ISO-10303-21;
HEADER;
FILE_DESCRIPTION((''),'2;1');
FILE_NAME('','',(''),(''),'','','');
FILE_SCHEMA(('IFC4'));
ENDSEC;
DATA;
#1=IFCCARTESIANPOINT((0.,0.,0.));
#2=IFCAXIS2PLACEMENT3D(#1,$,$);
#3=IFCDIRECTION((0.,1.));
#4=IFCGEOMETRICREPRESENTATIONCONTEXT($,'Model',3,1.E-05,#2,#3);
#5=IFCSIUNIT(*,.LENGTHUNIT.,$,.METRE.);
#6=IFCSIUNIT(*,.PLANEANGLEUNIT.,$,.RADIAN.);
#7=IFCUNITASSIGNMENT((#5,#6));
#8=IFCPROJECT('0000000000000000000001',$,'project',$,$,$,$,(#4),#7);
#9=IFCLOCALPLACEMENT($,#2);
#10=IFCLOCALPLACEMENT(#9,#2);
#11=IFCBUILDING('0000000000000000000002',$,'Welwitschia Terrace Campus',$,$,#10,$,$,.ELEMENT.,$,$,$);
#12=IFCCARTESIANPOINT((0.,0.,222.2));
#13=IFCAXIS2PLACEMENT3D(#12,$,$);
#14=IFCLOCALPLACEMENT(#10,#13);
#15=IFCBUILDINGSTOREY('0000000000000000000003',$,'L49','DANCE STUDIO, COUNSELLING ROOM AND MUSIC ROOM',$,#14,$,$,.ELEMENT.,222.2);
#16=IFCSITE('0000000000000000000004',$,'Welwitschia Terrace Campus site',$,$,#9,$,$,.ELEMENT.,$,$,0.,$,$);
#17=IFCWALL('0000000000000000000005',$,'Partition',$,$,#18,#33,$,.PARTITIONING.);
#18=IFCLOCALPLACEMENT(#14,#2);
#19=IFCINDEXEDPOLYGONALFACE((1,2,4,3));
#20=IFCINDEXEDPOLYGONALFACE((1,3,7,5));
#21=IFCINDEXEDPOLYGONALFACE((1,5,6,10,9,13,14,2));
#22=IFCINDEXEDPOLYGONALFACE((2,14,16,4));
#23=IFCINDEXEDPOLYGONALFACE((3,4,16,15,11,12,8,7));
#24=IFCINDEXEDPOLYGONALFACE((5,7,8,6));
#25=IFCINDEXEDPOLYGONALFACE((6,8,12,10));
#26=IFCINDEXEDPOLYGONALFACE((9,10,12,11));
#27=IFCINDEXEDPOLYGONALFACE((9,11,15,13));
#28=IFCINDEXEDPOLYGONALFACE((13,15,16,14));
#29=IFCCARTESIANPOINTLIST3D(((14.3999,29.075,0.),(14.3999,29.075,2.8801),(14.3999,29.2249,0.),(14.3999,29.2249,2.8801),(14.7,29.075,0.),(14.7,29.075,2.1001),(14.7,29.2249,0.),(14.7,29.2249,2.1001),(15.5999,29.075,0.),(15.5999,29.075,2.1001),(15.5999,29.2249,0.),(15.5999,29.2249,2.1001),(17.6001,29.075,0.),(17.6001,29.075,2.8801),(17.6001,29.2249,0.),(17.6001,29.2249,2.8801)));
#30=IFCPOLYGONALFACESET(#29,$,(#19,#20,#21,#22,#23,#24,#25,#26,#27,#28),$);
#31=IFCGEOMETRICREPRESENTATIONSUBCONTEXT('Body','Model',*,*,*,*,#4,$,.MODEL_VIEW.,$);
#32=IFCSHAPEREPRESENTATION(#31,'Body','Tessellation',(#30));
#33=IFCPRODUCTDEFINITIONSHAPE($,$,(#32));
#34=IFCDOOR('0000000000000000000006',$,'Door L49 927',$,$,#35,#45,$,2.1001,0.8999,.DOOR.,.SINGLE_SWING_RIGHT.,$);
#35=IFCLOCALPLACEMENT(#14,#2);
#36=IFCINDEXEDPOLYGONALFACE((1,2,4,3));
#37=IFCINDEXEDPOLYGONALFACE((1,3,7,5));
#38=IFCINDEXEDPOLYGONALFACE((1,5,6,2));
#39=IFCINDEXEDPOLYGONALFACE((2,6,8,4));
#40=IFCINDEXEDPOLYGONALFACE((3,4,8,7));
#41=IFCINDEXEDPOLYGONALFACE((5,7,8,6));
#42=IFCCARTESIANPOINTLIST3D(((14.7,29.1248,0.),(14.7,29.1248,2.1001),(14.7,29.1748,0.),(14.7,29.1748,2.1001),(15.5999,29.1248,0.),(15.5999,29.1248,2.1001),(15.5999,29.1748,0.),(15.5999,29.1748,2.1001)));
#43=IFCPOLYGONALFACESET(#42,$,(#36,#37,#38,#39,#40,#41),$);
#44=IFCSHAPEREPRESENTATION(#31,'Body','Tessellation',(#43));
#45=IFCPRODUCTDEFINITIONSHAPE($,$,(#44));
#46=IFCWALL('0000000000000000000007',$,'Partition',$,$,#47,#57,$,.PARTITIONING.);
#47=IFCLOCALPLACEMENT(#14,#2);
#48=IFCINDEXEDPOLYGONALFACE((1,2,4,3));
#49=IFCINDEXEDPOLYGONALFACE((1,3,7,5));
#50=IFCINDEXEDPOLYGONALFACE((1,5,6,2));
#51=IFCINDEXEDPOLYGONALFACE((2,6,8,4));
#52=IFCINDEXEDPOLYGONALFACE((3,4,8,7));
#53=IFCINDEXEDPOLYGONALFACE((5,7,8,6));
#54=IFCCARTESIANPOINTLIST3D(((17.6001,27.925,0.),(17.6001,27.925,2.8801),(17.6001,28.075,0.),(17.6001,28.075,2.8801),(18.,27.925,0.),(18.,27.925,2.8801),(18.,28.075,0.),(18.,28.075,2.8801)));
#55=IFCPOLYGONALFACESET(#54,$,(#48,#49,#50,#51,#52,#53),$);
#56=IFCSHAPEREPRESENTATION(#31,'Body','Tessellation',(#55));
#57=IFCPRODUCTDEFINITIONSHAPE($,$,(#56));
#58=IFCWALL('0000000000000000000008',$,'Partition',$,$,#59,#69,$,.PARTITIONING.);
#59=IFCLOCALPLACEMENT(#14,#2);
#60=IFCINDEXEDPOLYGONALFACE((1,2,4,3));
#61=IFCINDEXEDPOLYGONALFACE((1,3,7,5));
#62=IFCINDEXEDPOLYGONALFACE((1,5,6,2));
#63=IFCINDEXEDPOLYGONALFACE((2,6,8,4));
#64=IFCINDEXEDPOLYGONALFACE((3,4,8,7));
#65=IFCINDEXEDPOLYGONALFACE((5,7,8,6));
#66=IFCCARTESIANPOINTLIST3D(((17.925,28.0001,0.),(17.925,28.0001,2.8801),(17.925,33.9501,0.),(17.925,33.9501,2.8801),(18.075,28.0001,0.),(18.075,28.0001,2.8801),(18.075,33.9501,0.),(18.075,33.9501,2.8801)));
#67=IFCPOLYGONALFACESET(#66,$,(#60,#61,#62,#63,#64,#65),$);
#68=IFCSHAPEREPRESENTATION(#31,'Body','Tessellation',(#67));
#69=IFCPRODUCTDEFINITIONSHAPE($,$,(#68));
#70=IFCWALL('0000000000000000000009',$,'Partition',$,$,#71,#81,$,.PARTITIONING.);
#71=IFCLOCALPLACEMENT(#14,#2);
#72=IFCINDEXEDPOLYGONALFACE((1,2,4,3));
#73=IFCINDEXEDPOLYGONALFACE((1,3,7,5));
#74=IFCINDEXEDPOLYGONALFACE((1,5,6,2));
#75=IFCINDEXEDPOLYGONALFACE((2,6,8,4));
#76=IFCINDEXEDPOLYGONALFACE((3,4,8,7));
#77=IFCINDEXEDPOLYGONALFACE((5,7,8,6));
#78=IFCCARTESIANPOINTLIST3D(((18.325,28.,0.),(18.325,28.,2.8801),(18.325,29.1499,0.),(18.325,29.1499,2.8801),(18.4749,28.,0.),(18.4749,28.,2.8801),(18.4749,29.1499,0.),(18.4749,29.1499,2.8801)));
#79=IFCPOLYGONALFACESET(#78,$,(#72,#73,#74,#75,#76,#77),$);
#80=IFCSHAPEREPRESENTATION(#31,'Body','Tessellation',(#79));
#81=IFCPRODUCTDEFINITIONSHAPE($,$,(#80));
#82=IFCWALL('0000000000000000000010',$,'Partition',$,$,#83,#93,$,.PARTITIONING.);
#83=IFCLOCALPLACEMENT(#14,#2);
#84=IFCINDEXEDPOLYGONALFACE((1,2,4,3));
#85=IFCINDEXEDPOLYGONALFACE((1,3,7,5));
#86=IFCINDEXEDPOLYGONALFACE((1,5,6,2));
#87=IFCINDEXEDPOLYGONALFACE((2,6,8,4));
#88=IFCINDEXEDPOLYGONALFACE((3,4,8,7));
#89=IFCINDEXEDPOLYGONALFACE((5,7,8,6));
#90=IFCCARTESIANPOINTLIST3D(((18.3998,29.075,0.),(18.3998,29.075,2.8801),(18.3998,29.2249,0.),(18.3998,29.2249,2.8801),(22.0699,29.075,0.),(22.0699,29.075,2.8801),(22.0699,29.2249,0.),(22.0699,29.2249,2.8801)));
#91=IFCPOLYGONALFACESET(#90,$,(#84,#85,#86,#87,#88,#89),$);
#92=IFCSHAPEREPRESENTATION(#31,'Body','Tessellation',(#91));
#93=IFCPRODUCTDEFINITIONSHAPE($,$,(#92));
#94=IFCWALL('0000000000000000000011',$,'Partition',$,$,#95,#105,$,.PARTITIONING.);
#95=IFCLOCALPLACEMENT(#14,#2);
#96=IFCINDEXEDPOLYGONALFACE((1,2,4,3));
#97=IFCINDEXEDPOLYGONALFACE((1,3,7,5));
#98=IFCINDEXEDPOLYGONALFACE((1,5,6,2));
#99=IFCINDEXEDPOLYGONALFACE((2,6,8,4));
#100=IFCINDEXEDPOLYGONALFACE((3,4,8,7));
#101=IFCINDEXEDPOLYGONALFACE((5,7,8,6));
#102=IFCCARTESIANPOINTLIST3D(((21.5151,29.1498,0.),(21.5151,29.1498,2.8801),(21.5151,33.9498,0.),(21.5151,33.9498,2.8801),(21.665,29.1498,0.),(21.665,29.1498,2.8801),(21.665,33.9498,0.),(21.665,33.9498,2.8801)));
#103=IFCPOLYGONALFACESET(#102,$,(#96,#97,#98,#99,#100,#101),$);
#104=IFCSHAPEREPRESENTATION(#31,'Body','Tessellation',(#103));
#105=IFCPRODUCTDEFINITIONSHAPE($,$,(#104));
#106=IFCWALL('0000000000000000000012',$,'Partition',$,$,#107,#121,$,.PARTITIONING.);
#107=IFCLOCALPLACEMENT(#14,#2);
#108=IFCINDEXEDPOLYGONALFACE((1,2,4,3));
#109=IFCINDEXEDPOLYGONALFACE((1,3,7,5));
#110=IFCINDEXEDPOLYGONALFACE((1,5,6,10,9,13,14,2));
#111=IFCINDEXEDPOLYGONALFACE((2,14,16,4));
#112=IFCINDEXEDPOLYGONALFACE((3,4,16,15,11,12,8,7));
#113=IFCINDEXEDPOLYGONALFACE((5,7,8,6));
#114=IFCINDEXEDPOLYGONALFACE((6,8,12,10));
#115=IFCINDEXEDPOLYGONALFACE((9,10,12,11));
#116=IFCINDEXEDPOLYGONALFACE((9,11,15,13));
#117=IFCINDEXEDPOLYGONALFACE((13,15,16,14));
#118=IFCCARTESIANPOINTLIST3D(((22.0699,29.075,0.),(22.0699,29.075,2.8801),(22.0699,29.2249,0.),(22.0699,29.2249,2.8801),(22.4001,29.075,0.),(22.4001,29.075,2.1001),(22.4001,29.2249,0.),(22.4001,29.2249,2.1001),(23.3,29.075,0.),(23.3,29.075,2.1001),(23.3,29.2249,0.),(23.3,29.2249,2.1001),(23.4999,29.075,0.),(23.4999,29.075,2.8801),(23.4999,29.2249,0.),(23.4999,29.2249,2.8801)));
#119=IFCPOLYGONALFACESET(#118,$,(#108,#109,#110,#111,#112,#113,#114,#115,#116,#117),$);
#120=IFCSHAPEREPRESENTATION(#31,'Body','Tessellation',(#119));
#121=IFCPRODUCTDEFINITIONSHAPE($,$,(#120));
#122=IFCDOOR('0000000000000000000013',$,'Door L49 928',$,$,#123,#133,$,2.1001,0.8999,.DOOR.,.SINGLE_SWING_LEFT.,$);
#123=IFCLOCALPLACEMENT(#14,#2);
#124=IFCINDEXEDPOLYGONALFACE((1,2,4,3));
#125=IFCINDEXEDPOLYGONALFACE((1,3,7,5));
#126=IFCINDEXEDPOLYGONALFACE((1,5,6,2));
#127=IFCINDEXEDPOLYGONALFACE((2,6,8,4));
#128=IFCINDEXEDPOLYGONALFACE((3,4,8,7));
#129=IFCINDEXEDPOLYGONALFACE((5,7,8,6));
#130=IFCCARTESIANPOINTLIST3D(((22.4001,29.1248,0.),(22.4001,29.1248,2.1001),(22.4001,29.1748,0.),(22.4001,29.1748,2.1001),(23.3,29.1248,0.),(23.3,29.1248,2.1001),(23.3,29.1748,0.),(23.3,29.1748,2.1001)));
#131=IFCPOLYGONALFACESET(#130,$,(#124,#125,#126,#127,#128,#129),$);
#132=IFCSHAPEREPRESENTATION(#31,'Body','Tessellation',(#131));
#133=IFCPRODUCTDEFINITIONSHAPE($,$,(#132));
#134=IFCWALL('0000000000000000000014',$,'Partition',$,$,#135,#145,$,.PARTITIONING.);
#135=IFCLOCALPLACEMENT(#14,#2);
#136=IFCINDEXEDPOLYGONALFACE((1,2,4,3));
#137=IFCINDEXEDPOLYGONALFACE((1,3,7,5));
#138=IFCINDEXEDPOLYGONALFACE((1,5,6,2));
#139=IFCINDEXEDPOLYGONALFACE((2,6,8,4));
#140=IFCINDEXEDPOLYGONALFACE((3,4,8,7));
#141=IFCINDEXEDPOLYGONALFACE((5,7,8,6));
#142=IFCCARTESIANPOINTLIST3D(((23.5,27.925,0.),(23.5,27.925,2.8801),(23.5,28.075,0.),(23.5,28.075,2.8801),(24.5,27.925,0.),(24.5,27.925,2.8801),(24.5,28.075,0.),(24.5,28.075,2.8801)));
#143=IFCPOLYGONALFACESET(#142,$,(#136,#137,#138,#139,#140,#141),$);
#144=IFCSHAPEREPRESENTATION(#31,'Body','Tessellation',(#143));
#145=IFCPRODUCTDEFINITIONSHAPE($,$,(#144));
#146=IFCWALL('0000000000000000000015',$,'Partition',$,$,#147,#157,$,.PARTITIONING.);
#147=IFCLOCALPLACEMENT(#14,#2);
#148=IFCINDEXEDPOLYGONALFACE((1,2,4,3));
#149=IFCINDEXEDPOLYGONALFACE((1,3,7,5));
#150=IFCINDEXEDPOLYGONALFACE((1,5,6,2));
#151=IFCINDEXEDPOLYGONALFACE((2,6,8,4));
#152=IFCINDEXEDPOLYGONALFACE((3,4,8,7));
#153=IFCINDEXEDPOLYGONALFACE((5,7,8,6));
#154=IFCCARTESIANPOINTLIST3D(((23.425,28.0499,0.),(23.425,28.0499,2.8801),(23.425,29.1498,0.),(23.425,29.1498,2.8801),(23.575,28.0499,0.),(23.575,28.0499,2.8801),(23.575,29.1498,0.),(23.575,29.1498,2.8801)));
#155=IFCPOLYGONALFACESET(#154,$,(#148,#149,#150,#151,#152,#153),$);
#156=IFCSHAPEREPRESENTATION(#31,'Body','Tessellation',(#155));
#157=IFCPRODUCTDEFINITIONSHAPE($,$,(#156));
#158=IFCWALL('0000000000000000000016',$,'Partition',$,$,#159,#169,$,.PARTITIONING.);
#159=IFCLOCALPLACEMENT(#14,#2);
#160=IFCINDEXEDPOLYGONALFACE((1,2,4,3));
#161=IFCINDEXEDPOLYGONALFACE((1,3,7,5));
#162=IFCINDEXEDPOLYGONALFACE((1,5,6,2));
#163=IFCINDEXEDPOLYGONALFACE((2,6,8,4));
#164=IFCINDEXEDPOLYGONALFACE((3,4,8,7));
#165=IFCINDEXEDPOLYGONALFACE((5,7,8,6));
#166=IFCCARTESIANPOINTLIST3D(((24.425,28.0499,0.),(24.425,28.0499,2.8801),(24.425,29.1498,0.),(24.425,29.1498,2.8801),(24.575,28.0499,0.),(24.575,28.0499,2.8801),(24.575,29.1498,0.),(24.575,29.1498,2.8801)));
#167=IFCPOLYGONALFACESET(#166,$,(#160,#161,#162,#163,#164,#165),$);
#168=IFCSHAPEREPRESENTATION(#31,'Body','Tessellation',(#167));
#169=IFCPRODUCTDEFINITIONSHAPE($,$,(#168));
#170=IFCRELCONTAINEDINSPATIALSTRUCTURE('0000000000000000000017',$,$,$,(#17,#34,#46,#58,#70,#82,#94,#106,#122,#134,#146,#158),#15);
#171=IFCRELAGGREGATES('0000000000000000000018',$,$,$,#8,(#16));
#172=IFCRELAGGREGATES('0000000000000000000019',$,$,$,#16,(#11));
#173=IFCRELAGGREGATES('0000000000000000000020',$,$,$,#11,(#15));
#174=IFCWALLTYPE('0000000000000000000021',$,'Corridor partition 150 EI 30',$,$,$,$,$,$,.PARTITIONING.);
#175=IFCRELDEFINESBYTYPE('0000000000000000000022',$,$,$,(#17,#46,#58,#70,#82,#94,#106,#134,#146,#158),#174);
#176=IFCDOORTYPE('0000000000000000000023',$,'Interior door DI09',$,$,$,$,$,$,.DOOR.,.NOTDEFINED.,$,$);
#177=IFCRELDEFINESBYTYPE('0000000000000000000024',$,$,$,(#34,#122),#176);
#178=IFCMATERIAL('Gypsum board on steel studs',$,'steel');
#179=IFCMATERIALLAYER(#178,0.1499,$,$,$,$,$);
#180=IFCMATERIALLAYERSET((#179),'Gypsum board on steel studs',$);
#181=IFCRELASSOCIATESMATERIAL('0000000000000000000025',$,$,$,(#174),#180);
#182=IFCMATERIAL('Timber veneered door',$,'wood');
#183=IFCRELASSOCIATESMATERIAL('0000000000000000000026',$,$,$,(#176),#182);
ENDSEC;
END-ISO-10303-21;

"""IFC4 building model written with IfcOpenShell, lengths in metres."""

from ifc_helpers import new_model, si_unit, direction, frame, frame_2d, origin, place, context, subcontext, project, spatial, rectangle, extrude, material, layer, layer_set, type_object, element, fill, save


model = new_model("IFC4")

# Units and contexts
model_context = context("Model", 3, precision=1e-05, world=origin(), true_north=direction((0.0, 1.0)))
body_context = subcontext(model_context, "Body", "Model", "MODEL_VIEW")
ifc_project = project(units=[si_unit("LENGTHUNIT", "METRE"), si_unit("PLANEANGLEUNIT", "RADIAN")], contexts=[model_context])

# Site, building, storey
site_placement = place(None, origin())
site = spatial("IfcSite", under=ifc_project, at=site_placement, Name="Welwitschia Terrace Campus site", CompositionType="ELEMENT", RefElevation=0.0)
building_placement = place(site_placement, origin())
building = spatial("IfcBuilding", under=site, at=building_placement, Name="Welwitschia Terrace Campus", CompositionType="ELEMENT")
storey_placement = place(building_placement, frame((0.0, 0.0, 222.2)))
storey = spatial("IfcBuildingStorey", under=building, at=storey_placement, Name="L49", Description="DANCE STUDIO, COUNSELLING ROOM AND MUSIC ROOM", CompositionType="ELEMENT", Elevation=222.2)

# Shared definitions
ifc_material_1 = material(Name="Gypsum board on steel studs", Category="steel")
ifc_layer_1 = layer(ifc_material_1, 0.1499)
ifc_layer_set_1 = layer_set([ifc_layer_1], Name="Gypsum board on steel studs")
wall_type = type_object("IfcWallType", Name="Corridor partition 150 EI 30", PredefinedType="PARTITIONING", material=ifc_layer_set_1)

# Wall, opening, door
wall_1_placement = place(storey_placement, frame((14.3999, 29.1499, 0.0), z_axis=(0.0, 0.0, 1.0), x_axis=(1.0, 0.0, 0.0)))
wall_1 = element("IfcWall", 1, at=wall_1_placement, inside=storey, type_object=wall_type, Name="Partition", PredefinedType="PARTITIONING", context=body_context, shape_type="SweptSolid", body=[
    extrude(rectangle(XDim=3.2002, YDim=0.1499, at=frame_2d((1.6001, 0.0))), origin(), (0.0, 0.0, 1.0), 2.8801),
])
opening_1_placement = place(wall_1_placement, frame((0.3, 0.0, 0.0)))
opening_1 = element("IfcOpeningElement", 2, at=opening_1_placement, cuts=wall_1, PredefinedType="OPENING", context=body_context, shape_type="SweptSolid", body=[
    extrude(rectangle(XDim=0.8999, YDim=2.1001, at=frame_2d((0.45, 1.05))), frame((0.0, 0.085, 0.0), z_axis=(0.0, -1.0, 0.0), x_axis=(1.0, 0.0, 0.0)), (0.0, 0.0, 1.0), 0.1699),
])
ifc_material_2 = material(Name="Timber veneered door", Category="wood")
door_type = type_object("IfcDoorType", Name="Interior door DI09", OperationType="NOTDEFINED", PredefinedType="DOOR", material=ifc_material_2)
door_1_placement = place(opening_1_placement, origin())
door_1 = element("IfcDoor", 3, at=door_1_placement, inside=storey, type_object=door_type, Name="Door L49 927", OperationType="SINGLE_SWING_RIGHT", OverallHeight=2.1001, OverallWidth=0.8999, PredefinedType="DOOR", context=body_context, shape_type="SweptSolid", body=[
    extrude(rectangle(XDim=0.8999, YDim=2.1001, at=frame_2d((0.45, 1.05))), frame((0.0, 0.0249, 0.0), z_axis=(0.0, -1.0, 0.0), x_axis=(1.0, 0.0, 0.0)), (0.0, 0.0, 1.0), 0.05),
])
fill(opening_1, door_1)

# Walls
wall_2_placement = place(storey_placement, frame((17.6001, 28.0, 0.0), z_axis=(0.0, 0.0, 1.0), x_axis=(1.0, 0.0, 0.0)))
element("IfcWall", 4, at=wall_2_placement, inside=storey, type_object=wall_type, Name="Partition", PredefinedType="PARTITIONING", context=body_context, shape_type="SweptSolid", body=[
    extrude(rectangle(XDim=0.3999, YDim=0.1499, at=frame_2d((0.2, 0.0))), origin(), (0.0, 0.0, 1.0), 2.8801),
])
wall_3_placement = place(storey_placement, frame((18.0, 28.0, 0.0), z_axis=(0.0, 0.0, 1.0), x_axis=(0.0, 1.0, 0.0)))
element("IfcWall", 5, at=wall_3_placement, inside=storey, type_object=wall_type, Name="Partition", PredefinedType="PARTITIONING", context=body_context, shape_type="SweptSolid", body=[
    extrude(rectangle(XDim=5.95, YDim=0.1499, at=frame_2d((2.9751, 0.0))), origin(), (0.0, 0.0, 1.0), 2.8801),
])
wall_4_placement = place(storey_placement, frame((18.3999, 28.0, 0.0), z_axis=(0.0, 0.0, 1.0), x_axis=(0.0, 1.0, 0.0)))
element("IfcWall", 6, at=wall_4_placement, inside=storey, type_object=wall_type, Name="Partition", PredefinedType="PARTITIONING", context=body_context, shape_type="SweptSolid", body=[
    extrude(rectangle(XDim=1.1499, YDim=0.1499, at=frame_2d((0.575, 0.0))), origin(), (0.0, 0.0, 1.0), 2.8801),
])
wall_5_placement = place(storey_placement, frame((18.3999, 29.1499, 0.0), z_axis=(0.0, 0.0, 1.0), x_axis=(1.0, 0.0, 0.0)))
element("IfcWall", 7, at=wall_5_placement, inside=storey, type_object=wall_type, Name="Partition", PredefinedType="PARTITIONING", context=body_context, shape_type="SweptSolid", body=[
    extrude(rectangle(XDim=3.6702, YDim=0.1499, at=frame_2d((1.835, 0.0))), origin(), (0.0, 0.0, 1.0), 2.8801),
])
wall_6_placement = place(storey_placement, frame((21.5901, 29.1499, 0.0), z_axis=(0.0, 0.0, 1.0), x_axis=(0.0, 1.0, 0.0)))
element("IfcWall", 8, at=wall_6_placement, inside=storey, type_object=wall_type, Name="Partition", PredefinedType="PARTITIONING", context=body_context, shape_type="SweptSolid", body=[
    extrude(rectangle(XDim=4.8, YDim=0.1499, at=frame_2d((2.3999, 0.0))), origin(), (0.0, 0.0, 1.0), 2.8801),
])

# Wall, opening, door
wall_7_placement = place(storey_placement, frame((22.0701, 29.1499, 0.0), z_axis=(0.0, 0.0, 1.0), x_axis=(1.0, 0.0, 0.0)))
wall_7 = element("IfcWall", 9, at=wall_7_placement, inside=storey, type_object=wall_type, Name="Partition", PredefinedType="PARTITIONING", context=body_context, shape_type="SweptSolid", body=[
    extrude(rectangle(XDim=1.4299, YDim=0.1499, at=frame_2d((0.7148, 0.0))), origin(), (0.0, 0.0, 1.0), 2.8801),
])
opening_2_placement = place(wall_7_placement, frame((0.3301, 0.0, 0.0)))
opening_2 = element("IfcOpeningElement", 10, at=opening_2_placement, cuts=wall_7, PredefinedType="OPENING", context=body_context, shape_type="SweptSolid", body=[
    extrude(rectangle(XDim=0.8999, YDim=2.1001, at=frame_2d((0.45, 1.05))), frame((0.0, 0.085, 0.0), z_axis=(0.0, -1.0, 0.0), x_axis=(1.0, 0.0, 0.0)), (0.0, 0.0, 1.0), 0.1699),
])
door_2_placement = place(opening_2_placement, origin())
door_2 = element("IfcDoor", 11, at=door_2_placement, inside=storey, type_object=door_type, Name="Door L49 928", OperationType="SINGLE_SWING_LEFT", OverallHeight=2.1001, OverallWidth=0.8999, PredefinedType="DOOR", context=body_context, shape_type="SweptSolid", body=[
    extrude(rectangle(XDim=0.8999, YDim=2.1001, at=frame_2d((0.45, 1.05))), frame((0.0, 0.0249, 0.0), z_axis=(0.0, -1.0, 0.0), x_axis=(1.0, 0.0, 0.0)), (0.0, 0.0, 1.0), 0.05),
])
fill(opening_2, door_2)

# Walls
wall_8_placement = place(storey_placement, frame((23.5, 28.0, 0.0), z_axis=(0.0, 0.0, 1.0), x_axis=(1.0, 0.0, 0.0)))
element("IfcWall", 12, at=wall_8_placement, inside=storey, type_object=wall_type, Name="Partition", PredefinedType="PARTITIONING", context=body_context, shape_type="SweptSolid", body=[
    extrude(rectangle(XDim=1.0, YDim=0.1499, at=frame_2d((0.5, 0.0))), origin(), (0.0, 0.0, 1.0), 2.8801),
])
for number, where, z_axis, x_axis, name in (
    (13, (23.5, 28.05, 0.0), (0.0, 0.0, 1.0), (0.0, 1.0, 0.0), "Partition"),
    (14, (24.5, 28.05, 0.0), (0.0, 0.0, 1.0), (0.0, 1.0, 0.0), "Partition"),
):
    element("IfcWall", number, at=place(storey_placement, frame(where, z_axis=z_axis, x_axis=x_axis)), inside=storey, type_object=wall_type, Name=name, PredefinedType="PARTITIONING", context=body_context, shape_type="SweptSolid", body=[
        extrude(rectangle(XDim=1.0999, YDim=0.1499, at=frame_2d((0.5498, 0.0))), origin(), (0.0, 0.0, 1.0), 2.8801),
    ])

save(model, "model.ifc")
